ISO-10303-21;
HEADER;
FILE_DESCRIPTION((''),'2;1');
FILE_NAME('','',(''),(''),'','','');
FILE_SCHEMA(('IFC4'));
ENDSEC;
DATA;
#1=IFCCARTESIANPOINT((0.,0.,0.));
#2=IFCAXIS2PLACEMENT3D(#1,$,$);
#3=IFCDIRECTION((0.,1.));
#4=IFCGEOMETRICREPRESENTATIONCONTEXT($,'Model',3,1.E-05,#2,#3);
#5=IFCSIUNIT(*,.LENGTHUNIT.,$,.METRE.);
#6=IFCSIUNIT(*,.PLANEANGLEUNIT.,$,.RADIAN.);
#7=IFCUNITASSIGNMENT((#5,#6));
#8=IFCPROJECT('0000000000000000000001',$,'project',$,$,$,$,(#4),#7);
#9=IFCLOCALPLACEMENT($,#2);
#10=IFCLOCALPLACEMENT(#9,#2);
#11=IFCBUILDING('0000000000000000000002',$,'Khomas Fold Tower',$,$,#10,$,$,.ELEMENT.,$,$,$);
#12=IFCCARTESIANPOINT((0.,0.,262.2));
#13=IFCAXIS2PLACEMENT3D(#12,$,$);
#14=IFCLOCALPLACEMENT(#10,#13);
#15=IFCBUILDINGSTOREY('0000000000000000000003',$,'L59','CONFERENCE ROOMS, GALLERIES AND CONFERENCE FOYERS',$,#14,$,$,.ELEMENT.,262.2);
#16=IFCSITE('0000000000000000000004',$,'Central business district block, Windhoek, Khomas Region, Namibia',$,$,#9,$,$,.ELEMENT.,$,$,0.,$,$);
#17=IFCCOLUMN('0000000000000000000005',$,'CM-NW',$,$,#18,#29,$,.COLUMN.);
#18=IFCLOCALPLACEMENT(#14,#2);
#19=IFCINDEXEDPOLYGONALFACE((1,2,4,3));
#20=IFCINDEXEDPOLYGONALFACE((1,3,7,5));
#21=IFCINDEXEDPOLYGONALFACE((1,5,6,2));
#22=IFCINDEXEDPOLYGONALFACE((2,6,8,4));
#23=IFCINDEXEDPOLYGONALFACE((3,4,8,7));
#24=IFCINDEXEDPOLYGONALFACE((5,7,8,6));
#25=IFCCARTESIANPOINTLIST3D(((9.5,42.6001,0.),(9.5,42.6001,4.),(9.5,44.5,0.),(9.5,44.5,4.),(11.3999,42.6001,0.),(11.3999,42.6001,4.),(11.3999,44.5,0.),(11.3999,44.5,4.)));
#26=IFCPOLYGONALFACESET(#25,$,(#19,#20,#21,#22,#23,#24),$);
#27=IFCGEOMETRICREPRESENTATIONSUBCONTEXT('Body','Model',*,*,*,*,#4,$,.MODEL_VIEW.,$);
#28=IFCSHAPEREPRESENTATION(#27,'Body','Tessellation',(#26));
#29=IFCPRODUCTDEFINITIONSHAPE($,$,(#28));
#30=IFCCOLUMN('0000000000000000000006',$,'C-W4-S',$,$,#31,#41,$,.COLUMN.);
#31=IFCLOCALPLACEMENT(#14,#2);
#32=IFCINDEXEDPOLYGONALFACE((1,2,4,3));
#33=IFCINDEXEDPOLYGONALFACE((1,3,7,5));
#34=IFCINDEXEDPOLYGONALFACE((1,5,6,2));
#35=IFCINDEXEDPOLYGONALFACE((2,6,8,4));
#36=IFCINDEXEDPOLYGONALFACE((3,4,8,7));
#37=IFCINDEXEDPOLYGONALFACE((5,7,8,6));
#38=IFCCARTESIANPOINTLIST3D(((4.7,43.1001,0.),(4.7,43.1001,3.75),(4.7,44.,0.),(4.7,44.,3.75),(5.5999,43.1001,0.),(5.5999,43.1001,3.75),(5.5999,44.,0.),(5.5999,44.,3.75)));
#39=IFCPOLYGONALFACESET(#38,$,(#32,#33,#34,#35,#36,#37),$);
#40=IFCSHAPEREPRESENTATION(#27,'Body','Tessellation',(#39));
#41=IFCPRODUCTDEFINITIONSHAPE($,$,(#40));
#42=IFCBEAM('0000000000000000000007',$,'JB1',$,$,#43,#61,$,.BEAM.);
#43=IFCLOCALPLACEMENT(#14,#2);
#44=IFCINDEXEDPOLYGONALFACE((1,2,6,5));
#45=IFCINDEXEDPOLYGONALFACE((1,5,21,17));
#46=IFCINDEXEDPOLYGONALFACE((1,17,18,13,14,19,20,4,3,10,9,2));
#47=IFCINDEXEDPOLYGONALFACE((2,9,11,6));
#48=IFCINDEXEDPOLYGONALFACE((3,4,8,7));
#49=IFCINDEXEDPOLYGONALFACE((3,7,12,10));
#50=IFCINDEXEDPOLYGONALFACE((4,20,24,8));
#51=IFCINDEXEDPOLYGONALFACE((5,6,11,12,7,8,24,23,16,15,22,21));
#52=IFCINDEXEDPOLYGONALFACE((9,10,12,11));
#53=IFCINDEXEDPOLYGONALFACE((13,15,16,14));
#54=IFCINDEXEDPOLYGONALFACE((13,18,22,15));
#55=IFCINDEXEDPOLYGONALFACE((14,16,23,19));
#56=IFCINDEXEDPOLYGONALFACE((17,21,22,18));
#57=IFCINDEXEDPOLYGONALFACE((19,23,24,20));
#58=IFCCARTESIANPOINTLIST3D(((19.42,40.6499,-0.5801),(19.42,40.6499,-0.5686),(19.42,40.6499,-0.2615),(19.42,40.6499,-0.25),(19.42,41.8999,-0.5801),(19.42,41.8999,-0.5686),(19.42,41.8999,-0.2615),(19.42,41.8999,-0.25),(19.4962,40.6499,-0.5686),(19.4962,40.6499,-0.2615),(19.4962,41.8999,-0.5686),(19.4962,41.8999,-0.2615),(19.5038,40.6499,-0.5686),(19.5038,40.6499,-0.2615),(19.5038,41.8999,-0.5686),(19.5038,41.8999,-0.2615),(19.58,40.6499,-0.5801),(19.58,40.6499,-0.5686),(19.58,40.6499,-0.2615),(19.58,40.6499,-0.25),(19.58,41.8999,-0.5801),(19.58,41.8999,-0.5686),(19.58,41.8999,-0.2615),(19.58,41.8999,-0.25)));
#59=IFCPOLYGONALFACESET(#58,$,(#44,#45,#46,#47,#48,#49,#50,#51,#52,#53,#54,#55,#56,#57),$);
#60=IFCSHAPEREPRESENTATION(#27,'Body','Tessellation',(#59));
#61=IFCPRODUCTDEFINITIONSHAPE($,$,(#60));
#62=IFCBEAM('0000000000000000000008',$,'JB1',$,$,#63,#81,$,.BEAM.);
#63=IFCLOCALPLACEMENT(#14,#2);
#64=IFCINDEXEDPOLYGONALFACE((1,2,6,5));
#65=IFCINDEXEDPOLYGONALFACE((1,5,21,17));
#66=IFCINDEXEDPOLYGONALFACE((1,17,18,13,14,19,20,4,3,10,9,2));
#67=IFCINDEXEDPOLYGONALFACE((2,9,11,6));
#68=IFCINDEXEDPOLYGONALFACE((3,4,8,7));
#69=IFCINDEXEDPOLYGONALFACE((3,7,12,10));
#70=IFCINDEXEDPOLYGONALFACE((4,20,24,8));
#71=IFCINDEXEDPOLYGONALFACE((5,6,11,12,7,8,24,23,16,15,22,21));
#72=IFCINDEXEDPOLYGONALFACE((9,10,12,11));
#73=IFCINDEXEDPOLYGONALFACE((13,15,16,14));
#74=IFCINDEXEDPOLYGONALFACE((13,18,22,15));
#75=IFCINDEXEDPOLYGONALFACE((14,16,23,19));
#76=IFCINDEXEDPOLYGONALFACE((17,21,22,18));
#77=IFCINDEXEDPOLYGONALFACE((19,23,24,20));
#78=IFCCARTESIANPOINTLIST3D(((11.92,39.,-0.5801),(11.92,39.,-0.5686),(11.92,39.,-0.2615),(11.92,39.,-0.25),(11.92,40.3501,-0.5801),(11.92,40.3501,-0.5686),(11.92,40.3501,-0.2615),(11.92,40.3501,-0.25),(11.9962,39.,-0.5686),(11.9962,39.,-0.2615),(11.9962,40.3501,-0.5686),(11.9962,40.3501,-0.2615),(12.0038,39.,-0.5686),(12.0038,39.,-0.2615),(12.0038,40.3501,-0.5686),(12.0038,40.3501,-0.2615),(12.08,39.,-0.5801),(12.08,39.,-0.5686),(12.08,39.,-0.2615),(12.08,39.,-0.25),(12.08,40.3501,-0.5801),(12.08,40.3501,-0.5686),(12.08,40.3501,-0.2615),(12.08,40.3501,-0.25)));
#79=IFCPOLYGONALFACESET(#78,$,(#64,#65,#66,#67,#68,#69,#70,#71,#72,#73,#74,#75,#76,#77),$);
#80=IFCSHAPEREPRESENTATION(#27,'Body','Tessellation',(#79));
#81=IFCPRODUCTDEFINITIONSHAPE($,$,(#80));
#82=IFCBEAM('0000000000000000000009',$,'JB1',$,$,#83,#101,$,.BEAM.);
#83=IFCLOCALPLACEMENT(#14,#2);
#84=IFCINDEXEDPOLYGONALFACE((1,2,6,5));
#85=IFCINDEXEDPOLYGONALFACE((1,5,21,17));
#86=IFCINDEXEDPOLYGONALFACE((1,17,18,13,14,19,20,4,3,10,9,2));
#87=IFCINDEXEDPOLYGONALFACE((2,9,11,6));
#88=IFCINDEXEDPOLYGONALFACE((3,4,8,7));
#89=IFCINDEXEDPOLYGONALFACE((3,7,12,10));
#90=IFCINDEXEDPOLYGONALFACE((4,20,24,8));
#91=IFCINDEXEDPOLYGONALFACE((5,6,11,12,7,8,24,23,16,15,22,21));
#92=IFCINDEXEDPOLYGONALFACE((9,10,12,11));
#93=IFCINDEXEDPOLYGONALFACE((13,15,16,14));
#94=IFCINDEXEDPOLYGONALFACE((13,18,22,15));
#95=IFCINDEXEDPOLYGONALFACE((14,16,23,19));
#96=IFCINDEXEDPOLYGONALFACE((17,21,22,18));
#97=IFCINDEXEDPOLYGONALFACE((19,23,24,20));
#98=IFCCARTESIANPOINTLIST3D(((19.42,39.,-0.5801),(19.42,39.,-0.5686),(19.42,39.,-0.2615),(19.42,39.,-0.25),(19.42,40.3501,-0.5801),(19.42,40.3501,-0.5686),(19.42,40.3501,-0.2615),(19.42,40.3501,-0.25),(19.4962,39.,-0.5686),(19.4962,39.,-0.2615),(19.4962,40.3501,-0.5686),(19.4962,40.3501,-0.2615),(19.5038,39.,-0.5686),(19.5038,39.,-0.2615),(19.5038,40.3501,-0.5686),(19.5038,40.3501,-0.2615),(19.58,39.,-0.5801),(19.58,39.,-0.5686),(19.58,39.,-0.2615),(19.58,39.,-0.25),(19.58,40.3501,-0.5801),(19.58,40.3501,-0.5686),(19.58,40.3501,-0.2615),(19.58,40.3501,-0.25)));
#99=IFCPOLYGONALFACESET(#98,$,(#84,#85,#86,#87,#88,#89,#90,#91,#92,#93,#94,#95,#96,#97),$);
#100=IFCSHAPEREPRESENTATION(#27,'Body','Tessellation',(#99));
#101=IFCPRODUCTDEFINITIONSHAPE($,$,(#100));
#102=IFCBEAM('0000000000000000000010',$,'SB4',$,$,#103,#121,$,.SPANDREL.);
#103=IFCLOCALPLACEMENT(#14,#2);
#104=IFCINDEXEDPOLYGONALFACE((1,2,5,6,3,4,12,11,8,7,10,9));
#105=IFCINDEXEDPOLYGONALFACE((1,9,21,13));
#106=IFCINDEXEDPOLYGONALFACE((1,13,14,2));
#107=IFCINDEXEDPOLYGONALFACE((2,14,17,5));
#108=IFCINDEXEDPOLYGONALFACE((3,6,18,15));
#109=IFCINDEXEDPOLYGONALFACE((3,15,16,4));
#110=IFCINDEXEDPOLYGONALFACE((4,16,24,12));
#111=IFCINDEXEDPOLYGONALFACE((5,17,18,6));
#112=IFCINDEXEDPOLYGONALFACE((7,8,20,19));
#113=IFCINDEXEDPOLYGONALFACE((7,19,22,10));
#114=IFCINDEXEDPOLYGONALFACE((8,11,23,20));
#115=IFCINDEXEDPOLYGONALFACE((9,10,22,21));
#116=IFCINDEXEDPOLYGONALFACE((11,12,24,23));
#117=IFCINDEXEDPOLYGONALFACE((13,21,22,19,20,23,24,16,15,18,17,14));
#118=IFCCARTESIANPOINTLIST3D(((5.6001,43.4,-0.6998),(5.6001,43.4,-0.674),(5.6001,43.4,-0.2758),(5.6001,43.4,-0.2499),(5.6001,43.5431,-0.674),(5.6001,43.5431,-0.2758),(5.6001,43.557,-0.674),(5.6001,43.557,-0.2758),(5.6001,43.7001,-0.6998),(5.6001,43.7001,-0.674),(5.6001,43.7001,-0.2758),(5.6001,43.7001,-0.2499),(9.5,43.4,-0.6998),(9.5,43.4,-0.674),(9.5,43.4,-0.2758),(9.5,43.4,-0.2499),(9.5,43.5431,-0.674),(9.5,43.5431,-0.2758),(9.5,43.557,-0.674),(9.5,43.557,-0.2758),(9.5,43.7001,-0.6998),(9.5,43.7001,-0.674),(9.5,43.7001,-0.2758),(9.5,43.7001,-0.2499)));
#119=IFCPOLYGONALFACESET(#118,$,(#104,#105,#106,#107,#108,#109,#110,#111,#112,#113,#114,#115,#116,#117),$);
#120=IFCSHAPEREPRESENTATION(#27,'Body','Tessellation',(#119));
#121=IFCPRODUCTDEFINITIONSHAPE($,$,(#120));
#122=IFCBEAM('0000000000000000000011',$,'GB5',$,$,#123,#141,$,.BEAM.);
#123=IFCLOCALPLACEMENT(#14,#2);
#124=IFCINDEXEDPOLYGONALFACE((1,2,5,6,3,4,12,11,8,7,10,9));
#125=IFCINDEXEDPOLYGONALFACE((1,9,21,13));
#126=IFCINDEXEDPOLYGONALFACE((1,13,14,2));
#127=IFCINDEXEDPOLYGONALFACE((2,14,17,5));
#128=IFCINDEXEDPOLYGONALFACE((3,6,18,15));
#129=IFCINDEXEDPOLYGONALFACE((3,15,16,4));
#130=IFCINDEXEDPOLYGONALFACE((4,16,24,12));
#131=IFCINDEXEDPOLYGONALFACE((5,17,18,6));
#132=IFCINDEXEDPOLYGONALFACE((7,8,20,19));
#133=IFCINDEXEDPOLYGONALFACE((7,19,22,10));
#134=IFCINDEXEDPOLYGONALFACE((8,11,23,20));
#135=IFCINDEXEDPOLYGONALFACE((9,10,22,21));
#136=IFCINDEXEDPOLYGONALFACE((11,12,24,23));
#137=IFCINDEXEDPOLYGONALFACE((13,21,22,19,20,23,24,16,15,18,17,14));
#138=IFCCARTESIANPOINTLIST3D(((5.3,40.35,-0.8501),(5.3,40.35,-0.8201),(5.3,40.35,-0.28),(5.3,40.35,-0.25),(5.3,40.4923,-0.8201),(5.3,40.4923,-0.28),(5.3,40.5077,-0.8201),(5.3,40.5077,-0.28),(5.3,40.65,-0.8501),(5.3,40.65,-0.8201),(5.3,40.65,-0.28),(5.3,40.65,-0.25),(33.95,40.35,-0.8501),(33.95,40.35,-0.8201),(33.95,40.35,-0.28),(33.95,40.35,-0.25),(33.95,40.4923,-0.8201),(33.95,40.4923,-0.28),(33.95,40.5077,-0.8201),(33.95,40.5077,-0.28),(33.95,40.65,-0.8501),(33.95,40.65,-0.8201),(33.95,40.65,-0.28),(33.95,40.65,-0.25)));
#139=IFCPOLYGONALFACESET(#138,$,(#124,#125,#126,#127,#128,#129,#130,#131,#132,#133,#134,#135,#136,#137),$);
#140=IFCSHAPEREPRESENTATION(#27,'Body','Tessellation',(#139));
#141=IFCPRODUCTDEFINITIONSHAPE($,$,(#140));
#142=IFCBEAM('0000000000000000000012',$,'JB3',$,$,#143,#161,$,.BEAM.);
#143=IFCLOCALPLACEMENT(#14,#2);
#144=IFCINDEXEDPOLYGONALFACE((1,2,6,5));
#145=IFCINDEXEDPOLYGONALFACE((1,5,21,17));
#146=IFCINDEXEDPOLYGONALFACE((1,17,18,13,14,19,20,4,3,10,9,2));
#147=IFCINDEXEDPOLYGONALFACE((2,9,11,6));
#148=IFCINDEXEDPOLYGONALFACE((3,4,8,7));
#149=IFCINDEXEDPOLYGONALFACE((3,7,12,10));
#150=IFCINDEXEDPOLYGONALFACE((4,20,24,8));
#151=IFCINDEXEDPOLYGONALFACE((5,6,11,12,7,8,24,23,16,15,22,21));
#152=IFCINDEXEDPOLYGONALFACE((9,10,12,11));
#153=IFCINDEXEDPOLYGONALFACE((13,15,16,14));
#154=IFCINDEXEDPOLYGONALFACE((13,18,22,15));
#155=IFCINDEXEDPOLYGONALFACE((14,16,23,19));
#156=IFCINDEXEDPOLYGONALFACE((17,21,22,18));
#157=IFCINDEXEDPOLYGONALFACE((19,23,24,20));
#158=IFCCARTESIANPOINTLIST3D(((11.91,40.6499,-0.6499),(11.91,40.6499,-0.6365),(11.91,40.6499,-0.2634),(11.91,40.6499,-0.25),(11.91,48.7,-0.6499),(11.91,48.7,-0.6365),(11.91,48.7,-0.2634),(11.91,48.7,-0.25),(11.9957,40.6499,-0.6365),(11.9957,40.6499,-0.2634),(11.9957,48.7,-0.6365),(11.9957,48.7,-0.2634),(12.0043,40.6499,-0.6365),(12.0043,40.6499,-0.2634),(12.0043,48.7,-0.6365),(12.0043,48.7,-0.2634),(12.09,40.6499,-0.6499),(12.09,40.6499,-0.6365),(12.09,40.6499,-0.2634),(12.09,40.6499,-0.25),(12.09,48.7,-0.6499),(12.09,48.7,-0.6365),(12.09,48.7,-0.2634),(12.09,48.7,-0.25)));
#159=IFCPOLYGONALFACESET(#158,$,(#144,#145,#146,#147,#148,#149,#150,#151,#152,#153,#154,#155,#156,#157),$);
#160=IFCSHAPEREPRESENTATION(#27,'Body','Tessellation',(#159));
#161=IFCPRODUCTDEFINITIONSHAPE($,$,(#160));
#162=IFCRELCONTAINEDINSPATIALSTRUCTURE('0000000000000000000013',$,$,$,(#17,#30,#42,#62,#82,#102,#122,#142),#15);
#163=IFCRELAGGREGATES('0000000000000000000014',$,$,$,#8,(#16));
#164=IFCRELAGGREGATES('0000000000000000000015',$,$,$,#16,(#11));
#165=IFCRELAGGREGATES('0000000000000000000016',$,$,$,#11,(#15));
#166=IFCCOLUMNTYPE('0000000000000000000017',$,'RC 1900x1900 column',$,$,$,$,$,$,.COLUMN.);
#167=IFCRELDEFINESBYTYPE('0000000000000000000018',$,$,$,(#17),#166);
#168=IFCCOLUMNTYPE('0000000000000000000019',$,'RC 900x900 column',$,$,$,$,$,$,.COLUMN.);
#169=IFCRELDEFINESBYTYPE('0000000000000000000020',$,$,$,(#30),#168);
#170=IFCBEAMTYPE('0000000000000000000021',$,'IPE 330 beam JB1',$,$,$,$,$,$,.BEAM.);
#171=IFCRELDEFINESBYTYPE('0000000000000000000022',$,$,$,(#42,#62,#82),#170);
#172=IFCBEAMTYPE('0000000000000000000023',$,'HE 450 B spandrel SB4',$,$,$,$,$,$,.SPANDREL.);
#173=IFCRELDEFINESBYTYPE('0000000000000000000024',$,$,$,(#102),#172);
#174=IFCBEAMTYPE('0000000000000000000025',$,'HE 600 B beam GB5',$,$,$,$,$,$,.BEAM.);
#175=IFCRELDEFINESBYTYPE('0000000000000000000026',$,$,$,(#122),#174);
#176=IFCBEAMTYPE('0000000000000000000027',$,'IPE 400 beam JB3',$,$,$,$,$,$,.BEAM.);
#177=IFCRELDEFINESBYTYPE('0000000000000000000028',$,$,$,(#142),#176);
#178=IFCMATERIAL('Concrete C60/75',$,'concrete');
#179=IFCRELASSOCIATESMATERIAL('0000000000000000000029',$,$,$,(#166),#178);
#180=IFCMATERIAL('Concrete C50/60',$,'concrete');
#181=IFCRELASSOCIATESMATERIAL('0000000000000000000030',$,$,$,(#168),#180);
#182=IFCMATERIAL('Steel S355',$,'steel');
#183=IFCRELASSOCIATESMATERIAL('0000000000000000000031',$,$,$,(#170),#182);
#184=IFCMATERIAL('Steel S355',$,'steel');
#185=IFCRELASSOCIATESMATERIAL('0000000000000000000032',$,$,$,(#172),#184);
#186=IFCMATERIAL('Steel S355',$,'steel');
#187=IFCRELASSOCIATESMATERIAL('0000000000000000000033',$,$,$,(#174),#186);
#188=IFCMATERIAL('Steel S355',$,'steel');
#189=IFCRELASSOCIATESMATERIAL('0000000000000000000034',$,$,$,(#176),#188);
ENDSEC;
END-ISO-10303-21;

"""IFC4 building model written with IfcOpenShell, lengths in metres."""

from ifc_helpers import new_model, si_unit, direction, frame, origin, origin_2d, place, context, subcontext, project, spatial, rectangle, i_section, extrude, source, transform, mapped, material, material_profile, profile_set, type_object, element, save


model = new_model("IFC4")

# Units and contexts
model_context = context("Model", 3, precision=1e-05, world=origin(), true_north=direction((0.0, 1.0)))
body_context = subcontext(model_context, "Body", "Model", "MODEL_VIEW")
ifc_project = project(units=[si_unit("LENGTHUNIT", "METRE"), si_unit("PLANEANGLEUNIT", "RADIAN")], contexts=[model_context])

# Site, building, storey
site_placement = place(None, origin())
site = spatial("IfcSite", under=ifc_project, at=site_placement, Name="Central business district block, Windhoek, Khomas Region, Namibia", CompositionType="ELEMENT", RefElevation=0.0)
building_placement = place(site_placement, origin())
building = spatial("IfcBuilding", under=site, at=building_placement, Name="Khomas Fold Tower", CompositionType="ELEMENT")
storey_placement = place(building_placement, frame((0.0, 0.0, 262.2)))
storey = spatial("IfcBuildingStorey", under=building, at=storey_placement, Name="L59", Description="CONFERENCE ROOMS, GALLERIES AND CONFERENCE FOYERS", CompositionType="ELEMENT", Elevation=262.2)

# Columns
ifc_material_1 = material(Name="Concrete C60/75", Category="concrete")
ifc_material_profile_1 = material_profile(ifc_material_1, rectangle(XDim=1.8999, YDim=1.8999, at=origin_2d()), Name="RC 1900x1900")
ifc_profile_set_1 = profile_set([ifc_material_profile_1], Name="Concrete C60/75")
column_type_1 = type_object("IfcColumnType", Name="RC 1900x1900 column", PredefinedType="COLUMN", material=ifc_profile_set_1)
shared_shape_1 = source(origin(), body_context, "Body", "SweptSolid", [
    extrude(rectangle(XDim=1.8999, YDim=1.8999, at=origin_2d()), origin(), (0.0, 0.0, 1.0), 4.0),
])
column_1_placement = place(storey_placement, frame((10.45, 43.55, 0.0), z_axis=(0.0, 0.0, 1.0), x_axis=(1.0, 0.0, 0.0)))
element("IfcColumn", 1, at=column_1_placement, inside=storey, type_object=column_type_1, Name="CM-NW", PredefinedType="COLUMN", context=body_context, shape_type="MappedRepresentation", body=[
    mapped(shared_shape_1, transform((0.0, 0.0, 0.0))),
])
ifc_material_2 = material(Name="Concrete C50/60", Category="concrete")
ifc_material_profile_2 = material_profile(ifc_material_2, rectangle(XDim=0.8999, YDim=0.8999, at=origin_2d()), Name="RC 900x900")
ifc_profile_set_2 = profile_set([ifc_material_profile_2], Name="Concrete C50/60")
column_type_2 = type_object("IfcColumnType", Name="RC 900x900 column", PredefinedType="COLUMN", material=ifc_profile_set_2)
shared_shape_2 = source(origin(), body_context, "Body", "SweptSolid", [
    extrude(rectangle(XDim=0.8999, YDim=0.8999, at=origin_2d()), origin(), (0.0, 0.0, 1.0), 3.75),
])
column_2_placement = place(storey_placement, frame((5.1499, 43.55, 0.0), z_axis=(0.0, 0.0, 1.0), x_axis=(1.0, 0.0, 0.0)))
element("IfcColumn", 2, at=column_2_placement, inside=storey, type_object=column_type_2, Name="C-W4-S", PredefinedType="COLUMN", context=body_context, shape_type="MappedRepresentation", body=[
    mapped(shared_shape_2, transform((0.0, 0.0, 0.0))),
])

# Beams
ifc_material_3 = material(Name="Steel S355", Category="steel")
ifc_material_profile_3 = material_profile(ifc_material_3, i_section(OverallWidth=0.1599, OverallDepth=0.3301, WebThickness=0.0076, FlangeThickness=0.0115, at=origin_2d()), Name="IPE 330")
ifc_profile_set_3 = profile_set([ifc_material_profile_3], Name="Steel S355")
beam_type_1 = type_object("IfcBeamType", Name="IPE 330 beam JB1", PredefinedType="BEAM", material=ifc_profile_set_3)
shared_shape_3 = source(origin(), body_context, "Body", "SweptSolid", [
    extrude(i_section(OverallWidth=0.1599, OverallDepth=0.3301, WebThickness=0.0076, FlangeThickness=0.0115, at=origin_2d()), origin(), (0.0, 0.0, 1.0), 1.25),
])
beam_1_placement = place(storey_placement, frame((19.5, 40.6499, -0.415), z_axis=(0.0, 1.0, 0.0), x_axis=(-1.0, 0.0, 0.0)))
element("IfcBeam", 3, at=beam_1_placement, inside=storey, type_object=beam_type_1, Name="JB1", PredefinedType="BEAM", context=body_context, shape_type="MappedRepresentation", body=[
    mapped(shared_shape_3, transform((0.0, 0.0, 0.0))),
])
shared_shape_4 = source(origin(), body_context, "Body", "SweptSolid", [
    extrude(i_section(OverallWidth=0.1599, OverallDepth=0.3301, WebThickness=0.0076, FlangeThickness=0.0115, at=origin_2d()), origin(), (0.0, 0.0, 1.0), 1.3501),
])
for number, where, z_axis, x_axis, name in (
    (4, (12.0, 39.0, -0.415), (0.0, 1.0, 0.0), (-1.0, 0.0, 0.0), "JB1"),
    (5, (19.5, 39.0, -0.415), (0.0, 1.0, 0.0), (-1.0, 0.0, 0.0), "JB1"),
):
    element("IfcBeam", number, at=place(storey_placement, frame(where, z_axis=z_axis, x_axis=x_axis)), inside=storey, type_object=beam_type_1, Name=name, PredefinedType="BEAM", context=body_context, shape_type="MappedRepresentation", body=[
        mapped(shared_shape_4, transform((0.0, 0.0, 0.0))),
    ])
ifc_material_4 = material(Name="Steel S355", Category="steel")
ifc_material_profile_4 = material_profile(ifc_material_4, i_section(OverallWidth=0.3, OverallDepth=0.45, WebThickness=0.0139, FlangeThickness=0.0259, at=origin_2d()), Name="HE 450 B")
ifc_profile_set_4 = profile_set([ifc_material_profile_4], Name="Steel S355")
beam_type_2 = type_object("IfcBeamType", Name="HE 450 B spandrel SB4", PredefinedType="SPANDREL", material=ifc_profile_set_4)
shared_shape_5 = source(origin(), body_context, "Body", "SweptSolid", [
    extrude(i_section(OverallWidth=0.3, OverallDepth=0.45, WebThickness=0.0139, FlangeThickness=0.0259, at=origin_2d()), origin(), (0.0, 0.0, 1.0), 3.8999),
])
beam_2_placement = place(storey_placement, frame((5.6001, 43.55, -0.4749), z_axis=(1.0, 0.0, 0.0), x_axis=(0.0, 1.0, 0.0)))
element("IfcBeam", 6, at=beam_2_placement, inside=storey, type_object=beam_type_2, Name="SB4", PredefinedType="SPANDREL", context=body_context, shape_type="MappedRepresentation", body=[
    mapped(shared_shape_5, transform((0.0, 0.0, 0.0))),
])
ifc_material_5 = material(Name="Steel S355", Category="steel")
ifc_material_profile_5 = material_profile(ifc_material_5, i_section(OverallWidth=0.3, OverallDepth=0.6001, WebThickness=0.0154, FlangeThickness=0.03, at=origin_2d()), Name="HE 600 B")
ifc_profile_set_5 = profile_set([ifc_material_profile_5], Name="Steel S355")
beam_type_3 = type_object("IfcBeamType", Name="HE 600 B beam GB5", PredefinedType="BEAM", material=ifc_profile_set_5)
shared_shape_6 = source(origin(), body_context, "Body", "SweptSolid", [
    extrude(i_section(OverallWidth=0.3, OverallDepth=0.6001, WebThickness=0.0154, FlangeThickness=0.03, at=origin_2d()), origin(), (0.0, 0.0, 1.0), 28.6499),
])
beam_3_placement = place(storey_placement, frame((5.3, 40.5, -0.55), z_axis=(1.0, 0.0, 0.0), x_axis=(0.0, 1.0, 0.0)))
element("IfcBeam", 7, at=beam_3_placement, inside=storey, type_object=beam_type_3, Name="GB5", PredefinedType="BEAM", context=body_context, shape_type="MappedRepresentation", body=[
    mapped(shared_shape_6, transform((0.0, 0.0, 0.0))),
])
ifc_material_6 = material(Name="Steel S355", Category="steel")
ifc_material_profile_6 = material_profile(ifc_material_6, i_section(OverallWidth=0.1799, OverallDepth=0.3999, WebThickness=0.0085, FlangeThickness=0.0134, at=origin_2d()), Name="IPE 400")
ifc_profile_set_6 = profile_set([ifc_material_profile_6], Name="Steel S355")
beam_type_4 = type_object("IfcBeamType", Name="IPE 400 beam JB3", PredefinedType="BEAM", material=ifc_profile_set_6)
shared_shape_7 = source(origin(), body_context, "Body", "SweptSolid", [
    extrude(i_section(OverallWidth=0.1799, OverallDepth=0.3999, WebThickness=0.0085, FlangeThickness=0.0134, at=origin_2d()), origin(), (0.0, 0.0, 1.0), 8.05),
])
beam_4_placement = place(storey_placement, frame((12.0, 40.6499, -0.45), z_axis=(0.0, 1.0, 0.0), x_axis=(-1.0, 0.0, 0.0)))
element("IfcBeam", 8, at=beam_4_placement, inside=storey, type_object=beam_type_4, Name="JB3", PredefinedType="BEAM", context=body_context, shape_type="MappedRepresentation", body=[
    mapped(shared_shape_7, transform((0.0, 0.0, 0.0))),
])

save(model, "model.ifc")
